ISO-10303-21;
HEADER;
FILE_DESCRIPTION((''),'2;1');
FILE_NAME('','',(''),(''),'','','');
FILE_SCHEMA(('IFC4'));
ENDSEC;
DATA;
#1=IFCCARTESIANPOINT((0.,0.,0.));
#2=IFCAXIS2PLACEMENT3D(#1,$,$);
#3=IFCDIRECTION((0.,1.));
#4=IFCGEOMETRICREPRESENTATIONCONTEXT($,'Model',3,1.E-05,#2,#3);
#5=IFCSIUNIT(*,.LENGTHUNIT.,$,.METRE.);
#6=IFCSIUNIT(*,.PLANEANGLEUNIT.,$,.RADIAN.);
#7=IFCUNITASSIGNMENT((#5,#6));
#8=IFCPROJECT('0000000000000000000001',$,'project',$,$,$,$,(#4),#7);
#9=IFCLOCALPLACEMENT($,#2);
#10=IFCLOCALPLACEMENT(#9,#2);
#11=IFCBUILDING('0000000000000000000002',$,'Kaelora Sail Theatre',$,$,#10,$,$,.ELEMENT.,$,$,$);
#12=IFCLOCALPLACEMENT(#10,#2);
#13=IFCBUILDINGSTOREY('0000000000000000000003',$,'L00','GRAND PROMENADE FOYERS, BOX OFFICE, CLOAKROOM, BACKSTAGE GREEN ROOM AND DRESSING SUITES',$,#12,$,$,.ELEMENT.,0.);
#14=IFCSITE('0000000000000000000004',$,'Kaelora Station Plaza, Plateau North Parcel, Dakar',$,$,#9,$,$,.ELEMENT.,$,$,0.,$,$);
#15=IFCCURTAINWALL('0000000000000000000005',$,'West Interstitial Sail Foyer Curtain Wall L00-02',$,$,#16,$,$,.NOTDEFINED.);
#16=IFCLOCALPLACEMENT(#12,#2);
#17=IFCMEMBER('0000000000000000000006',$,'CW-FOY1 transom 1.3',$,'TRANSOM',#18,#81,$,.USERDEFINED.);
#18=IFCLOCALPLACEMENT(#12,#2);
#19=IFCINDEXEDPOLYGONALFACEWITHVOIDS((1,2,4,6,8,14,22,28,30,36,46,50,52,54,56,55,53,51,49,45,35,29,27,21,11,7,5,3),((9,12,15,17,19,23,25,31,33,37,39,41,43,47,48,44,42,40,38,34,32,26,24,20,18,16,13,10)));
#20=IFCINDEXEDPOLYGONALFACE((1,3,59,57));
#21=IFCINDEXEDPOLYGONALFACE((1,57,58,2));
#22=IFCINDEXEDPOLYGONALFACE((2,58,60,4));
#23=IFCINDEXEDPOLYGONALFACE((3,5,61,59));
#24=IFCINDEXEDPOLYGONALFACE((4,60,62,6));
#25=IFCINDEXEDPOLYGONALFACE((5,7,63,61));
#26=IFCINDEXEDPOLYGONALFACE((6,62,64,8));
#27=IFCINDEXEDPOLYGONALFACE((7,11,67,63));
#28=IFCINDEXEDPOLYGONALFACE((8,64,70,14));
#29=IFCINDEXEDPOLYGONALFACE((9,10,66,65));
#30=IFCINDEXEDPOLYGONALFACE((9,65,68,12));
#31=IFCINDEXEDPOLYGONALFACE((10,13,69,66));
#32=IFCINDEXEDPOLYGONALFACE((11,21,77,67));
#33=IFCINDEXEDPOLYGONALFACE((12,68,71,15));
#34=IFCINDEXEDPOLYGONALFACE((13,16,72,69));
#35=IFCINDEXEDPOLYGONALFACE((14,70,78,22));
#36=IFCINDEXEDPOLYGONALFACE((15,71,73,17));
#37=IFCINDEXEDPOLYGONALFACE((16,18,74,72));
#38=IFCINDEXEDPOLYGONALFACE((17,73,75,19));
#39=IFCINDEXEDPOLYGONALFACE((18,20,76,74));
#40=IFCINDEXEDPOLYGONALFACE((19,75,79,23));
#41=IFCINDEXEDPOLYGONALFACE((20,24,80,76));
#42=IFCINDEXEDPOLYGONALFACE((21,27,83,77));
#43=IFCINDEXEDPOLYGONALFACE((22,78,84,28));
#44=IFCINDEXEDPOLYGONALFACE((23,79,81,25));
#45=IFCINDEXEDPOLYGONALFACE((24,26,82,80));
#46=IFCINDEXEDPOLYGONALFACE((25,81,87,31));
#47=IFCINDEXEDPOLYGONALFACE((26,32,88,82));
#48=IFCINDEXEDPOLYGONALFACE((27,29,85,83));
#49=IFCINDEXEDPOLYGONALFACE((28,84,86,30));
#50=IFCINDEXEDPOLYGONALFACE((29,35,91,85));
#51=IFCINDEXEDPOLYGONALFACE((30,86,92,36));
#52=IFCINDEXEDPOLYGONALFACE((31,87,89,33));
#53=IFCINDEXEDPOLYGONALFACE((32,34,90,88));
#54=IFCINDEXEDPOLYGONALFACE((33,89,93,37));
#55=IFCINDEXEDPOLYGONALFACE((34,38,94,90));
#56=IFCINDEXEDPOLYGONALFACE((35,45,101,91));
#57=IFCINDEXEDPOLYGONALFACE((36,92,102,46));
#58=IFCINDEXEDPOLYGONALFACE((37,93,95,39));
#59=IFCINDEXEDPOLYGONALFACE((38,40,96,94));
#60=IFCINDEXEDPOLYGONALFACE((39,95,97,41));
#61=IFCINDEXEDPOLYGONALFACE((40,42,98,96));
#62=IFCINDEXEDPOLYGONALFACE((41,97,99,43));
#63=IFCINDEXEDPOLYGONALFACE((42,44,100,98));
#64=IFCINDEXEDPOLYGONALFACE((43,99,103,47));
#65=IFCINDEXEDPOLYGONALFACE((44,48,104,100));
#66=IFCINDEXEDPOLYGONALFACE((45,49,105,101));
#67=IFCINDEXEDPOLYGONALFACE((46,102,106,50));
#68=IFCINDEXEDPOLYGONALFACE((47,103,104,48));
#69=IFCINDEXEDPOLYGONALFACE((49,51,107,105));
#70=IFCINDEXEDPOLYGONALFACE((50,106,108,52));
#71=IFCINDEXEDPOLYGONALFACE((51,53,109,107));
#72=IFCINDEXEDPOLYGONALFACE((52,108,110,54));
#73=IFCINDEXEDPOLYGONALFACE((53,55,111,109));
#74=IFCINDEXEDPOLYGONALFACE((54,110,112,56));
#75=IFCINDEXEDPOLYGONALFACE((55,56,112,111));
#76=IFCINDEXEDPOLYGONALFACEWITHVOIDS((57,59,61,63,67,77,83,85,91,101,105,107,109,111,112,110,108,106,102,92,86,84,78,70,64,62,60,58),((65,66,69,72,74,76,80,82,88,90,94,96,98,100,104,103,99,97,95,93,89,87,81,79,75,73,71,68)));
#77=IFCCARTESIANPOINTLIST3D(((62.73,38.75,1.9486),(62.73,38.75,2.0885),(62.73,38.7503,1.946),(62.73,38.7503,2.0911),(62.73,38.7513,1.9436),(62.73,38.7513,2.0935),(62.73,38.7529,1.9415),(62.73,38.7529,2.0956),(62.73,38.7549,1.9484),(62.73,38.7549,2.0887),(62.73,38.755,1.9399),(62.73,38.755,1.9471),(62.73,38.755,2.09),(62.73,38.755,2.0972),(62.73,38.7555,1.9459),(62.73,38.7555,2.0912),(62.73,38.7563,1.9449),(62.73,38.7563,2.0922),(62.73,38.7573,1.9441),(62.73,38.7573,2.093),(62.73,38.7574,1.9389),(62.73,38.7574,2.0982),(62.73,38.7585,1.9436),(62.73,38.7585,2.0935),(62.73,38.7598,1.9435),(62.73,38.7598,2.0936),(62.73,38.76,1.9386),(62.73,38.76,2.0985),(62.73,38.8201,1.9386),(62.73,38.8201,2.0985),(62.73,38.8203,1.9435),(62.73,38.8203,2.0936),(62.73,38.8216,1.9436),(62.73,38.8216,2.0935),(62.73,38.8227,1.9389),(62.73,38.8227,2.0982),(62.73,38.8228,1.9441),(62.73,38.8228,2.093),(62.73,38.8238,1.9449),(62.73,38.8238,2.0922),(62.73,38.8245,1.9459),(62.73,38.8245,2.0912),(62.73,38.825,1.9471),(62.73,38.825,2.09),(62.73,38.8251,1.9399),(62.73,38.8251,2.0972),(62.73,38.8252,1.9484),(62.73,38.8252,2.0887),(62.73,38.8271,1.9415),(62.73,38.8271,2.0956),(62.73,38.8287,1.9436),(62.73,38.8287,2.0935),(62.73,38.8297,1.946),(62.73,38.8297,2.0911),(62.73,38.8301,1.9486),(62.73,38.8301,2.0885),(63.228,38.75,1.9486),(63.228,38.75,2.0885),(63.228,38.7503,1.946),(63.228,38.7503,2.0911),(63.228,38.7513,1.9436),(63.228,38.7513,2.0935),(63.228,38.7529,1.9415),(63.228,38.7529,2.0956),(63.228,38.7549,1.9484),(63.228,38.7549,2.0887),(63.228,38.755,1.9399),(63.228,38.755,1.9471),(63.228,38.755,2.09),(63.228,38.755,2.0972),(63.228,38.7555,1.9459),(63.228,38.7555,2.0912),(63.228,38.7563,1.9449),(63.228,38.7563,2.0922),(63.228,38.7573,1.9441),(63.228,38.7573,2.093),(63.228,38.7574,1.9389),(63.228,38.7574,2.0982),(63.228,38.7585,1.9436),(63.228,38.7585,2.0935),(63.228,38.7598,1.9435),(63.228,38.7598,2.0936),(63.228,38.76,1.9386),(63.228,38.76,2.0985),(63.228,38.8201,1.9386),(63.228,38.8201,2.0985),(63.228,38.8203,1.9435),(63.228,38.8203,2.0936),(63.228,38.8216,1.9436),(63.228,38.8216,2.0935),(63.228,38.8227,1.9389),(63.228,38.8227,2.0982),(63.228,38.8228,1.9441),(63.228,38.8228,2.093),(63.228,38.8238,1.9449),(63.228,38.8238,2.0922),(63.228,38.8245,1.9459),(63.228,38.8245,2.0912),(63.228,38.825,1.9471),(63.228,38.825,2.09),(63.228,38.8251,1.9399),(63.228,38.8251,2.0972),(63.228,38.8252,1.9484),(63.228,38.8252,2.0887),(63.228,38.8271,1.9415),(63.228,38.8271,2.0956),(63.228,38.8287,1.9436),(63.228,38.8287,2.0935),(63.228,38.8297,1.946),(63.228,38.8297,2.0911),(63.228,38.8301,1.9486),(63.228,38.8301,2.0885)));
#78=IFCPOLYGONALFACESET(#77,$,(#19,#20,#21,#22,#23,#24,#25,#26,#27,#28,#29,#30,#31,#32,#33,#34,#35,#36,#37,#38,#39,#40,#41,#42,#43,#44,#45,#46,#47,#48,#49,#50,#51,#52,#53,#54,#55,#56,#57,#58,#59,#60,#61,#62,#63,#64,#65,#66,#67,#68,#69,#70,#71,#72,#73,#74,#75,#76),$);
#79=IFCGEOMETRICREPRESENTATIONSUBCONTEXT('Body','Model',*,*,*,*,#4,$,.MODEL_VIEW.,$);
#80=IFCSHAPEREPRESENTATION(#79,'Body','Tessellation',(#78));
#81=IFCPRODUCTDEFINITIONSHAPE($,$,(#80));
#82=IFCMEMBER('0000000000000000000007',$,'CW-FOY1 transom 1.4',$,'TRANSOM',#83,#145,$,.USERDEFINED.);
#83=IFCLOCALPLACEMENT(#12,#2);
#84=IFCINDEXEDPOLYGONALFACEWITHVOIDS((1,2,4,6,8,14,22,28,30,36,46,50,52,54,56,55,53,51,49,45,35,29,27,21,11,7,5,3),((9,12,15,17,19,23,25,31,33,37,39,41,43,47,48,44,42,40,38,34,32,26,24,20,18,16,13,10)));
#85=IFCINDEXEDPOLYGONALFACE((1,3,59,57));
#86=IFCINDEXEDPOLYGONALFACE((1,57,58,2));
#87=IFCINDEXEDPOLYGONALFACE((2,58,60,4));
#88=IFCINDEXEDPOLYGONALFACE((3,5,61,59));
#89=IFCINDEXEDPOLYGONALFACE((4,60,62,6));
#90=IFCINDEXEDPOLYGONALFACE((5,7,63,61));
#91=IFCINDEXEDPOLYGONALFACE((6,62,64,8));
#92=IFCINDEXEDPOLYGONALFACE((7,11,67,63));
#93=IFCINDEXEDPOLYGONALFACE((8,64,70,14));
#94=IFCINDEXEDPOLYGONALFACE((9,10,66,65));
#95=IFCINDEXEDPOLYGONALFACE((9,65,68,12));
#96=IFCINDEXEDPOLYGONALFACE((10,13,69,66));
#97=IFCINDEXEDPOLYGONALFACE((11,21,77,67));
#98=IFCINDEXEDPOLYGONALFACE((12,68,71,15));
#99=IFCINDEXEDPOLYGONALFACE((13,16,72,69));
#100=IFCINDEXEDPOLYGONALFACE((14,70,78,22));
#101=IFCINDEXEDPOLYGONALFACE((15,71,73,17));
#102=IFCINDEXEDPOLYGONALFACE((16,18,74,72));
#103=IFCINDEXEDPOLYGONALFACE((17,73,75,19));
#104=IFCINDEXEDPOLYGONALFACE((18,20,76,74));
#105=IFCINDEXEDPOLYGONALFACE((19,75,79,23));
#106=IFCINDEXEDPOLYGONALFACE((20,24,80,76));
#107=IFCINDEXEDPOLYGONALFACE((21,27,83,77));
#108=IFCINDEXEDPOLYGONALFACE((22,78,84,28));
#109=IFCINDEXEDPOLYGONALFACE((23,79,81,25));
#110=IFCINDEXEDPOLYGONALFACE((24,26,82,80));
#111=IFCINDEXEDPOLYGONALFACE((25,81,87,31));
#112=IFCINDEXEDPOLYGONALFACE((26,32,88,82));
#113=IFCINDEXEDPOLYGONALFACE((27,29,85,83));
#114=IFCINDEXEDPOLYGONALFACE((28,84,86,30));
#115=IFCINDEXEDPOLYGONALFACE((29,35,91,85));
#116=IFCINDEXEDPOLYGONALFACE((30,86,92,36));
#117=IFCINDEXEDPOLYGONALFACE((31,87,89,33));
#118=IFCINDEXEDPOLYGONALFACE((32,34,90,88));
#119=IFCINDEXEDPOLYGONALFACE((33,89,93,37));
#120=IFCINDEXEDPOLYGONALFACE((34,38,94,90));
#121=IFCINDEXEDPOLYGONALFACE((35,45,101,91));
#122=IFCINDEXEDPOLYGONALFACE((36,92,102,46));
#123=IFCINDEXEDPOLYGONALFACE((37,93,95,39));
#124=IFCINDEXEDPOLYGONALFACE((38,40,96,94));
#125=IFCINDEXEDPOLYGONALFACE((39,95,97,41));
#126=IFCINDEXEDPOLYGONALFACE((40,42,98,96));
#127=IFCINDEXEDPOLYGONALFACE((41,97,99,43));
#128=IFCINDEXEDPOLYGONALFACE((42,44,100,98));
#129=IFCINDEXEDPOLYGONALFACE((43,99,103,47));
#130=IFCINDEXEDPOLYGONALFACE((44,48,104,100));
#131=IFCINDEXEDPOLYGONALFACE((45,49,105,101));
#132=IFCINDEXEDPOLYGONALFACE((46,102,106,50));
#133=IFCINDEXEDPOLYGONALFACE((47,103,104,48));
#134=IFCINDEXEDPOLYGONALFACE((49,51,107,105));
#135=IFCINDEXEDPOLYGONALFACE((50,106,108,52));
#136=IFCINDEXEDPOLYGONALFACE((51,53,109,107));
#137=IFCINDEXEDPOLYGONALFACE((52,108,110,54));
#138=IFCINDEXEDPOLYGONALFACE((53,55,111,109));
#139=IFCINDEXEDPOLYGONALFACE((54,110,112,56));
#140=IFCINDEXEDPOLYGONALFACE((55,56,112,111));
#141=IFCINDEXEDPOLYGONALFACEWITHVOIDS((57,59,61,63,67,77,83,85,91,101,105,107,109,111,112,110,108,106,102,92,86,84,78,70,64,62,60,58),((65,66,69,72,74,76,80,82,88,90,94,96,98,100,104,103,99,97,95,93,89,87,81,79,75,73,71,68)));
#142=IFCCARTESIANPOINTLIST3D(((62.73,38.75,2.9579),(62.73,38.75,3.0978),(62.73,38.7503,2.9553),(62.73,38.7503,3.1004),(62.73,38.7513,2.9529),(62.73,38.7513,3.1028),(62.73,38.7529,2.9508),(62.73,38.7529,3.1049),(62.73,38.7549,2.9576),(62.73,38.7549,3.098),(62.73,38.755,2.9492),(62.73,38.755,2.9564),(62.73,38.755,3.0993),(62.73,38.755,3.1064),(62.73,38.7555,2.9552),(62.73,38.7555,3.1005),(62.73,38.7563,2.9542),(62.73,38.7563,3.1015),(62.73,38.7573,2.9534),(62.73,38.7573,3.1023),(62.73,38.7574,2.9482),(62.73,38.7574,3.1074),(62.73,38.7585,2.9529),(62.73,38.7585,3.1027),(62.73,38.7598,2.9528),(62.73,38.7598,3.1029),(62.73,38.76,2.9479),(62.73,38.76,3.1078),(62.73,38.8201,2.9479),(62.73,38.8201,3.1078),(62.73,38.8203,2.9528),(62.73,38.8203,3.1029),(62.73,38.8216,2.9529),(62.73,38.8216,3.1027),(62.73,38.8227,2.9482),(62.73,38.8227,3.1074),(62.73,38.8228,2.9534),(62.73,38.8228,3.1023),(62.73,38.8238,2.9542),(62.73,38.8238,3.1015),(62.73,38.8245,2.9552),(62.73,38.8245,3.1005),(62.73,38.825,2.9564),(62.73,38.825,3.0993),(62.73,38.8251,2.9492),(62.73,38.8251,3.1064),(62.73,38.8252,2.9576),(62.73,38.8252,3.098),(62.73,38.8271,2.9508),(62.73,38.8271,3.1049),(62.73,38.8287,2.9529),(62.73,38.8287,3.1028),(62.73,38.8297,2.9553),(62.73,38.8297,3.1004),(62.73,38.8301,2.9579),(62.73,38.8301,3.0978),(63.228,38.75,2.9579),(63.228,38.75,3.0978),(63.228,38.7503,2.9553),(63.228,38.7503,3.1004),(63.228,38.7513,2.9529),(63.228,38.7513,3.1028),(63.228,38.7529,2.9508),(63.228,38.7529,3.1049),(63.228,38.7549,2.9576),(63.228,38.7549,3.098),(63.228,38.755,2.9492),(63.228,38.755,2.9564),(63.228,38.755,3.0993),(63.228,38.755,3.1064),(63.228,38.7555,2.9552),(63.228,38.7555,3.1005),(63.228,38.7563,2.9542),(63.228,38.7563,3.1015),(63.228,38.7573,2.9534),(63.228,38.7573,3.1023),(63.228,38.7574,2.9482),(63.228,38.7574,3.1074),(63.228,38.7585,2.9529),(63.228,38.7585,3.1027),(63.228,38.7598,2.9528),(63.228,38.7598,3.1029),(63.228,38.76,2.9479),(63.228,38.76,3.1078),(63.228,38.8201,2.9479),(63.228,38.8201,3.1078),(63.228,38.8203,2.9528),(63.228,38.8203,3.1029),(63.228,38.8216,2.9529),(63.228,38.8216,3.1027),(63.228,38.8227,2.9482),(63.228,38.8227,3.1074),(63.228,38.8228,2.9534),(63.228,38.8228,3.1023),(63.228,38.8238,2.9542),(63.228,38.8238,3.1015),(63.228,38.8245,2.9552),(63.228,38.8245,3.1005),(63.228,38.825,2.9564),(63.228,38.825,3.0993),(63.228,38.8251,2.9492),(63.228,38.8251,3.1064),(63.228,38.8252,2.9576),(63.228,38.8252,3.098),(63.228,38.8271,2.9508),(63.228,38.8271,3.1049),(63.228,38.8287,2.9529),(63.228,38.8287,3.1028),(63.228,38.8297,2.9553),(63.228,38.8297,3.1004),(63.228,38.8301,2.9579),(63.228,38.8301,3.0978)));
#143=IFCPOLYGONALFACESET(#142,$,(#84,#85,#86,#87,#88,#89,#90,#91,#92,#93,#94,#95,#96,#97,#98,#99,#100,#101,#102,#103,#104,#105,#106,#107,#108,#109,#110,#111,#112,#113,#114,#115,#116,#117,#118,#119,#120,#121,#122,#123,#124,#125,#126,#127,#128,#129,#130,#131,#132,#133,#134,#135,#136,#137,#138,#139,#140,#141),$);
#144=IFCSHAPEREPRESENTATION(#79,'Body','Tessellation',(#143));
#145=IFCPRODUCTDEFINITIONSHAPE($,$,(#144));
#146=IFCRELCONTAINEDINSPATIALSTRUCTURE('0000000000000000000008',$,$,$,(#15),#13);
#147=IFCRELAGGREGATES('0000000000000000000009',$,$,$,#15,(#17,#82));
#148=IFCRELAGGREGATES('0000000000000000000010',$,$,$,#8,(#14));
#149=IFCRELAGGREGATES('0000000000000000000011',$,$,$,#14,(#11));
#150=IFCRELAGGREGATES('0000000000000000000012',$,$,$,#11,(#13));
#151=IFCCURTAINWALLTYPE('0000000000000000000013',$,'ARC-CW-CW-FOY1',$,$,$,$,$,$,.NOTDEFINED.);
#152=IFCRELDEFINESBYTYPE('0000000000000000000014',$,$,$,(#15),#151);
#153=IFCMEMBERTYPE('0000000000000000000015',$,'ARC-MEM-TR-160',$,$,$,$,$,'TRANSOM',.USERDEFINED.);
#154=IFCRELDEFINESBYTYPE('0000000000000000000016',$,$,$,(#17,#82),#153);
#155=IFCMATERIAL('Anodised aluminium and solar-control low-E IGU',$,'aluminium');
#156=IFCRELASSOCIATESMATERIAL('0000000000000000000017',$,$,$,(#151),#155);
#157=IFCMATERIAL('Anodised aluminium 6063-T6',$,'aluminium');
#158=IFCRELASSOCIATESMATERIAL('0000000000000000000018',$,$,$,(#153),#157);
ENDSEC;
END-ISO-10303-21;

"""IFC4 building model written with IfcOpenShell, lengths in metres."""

from ifc_helpers import new_model, si_unit, direction, frame, origin, origin_2d, place, context, subcontext, project, spatial, hollow_rectangle, extrude, material, material_profile, profile_set, type_object, element, aggregate, save


model = new_model("IFC4")

# Units and contexts
model_context = context("Model", 3, precision=1e-05, world=origin(), true_north=direction((0.0, 1.0)))
body_context = subcontext(model_context, "Body", "Model", "MODEL_VIEW")
ifc_project = project(units=[si_unit("LENGTHUNIT", "METRE"), si_unit("PLANEANGLEUNIT", "RADIAN")], contexts=[model_context])

# Site, building, storey
site_placement = place(None, origin())
site = spatial("IfcSite", under=ifc_project, at=site_placement, Name="Kaelora Station Plaza, Plateau North Parcel, Dakar", CompositionType="ELEMENT", RefElevation=0.0)
building_placement = place(site_placement, origin())
building = spatial("IfcBuilding", under=site, at=building_placement, Name="Kaelora Sail Theatre", CompositionType="ELEMENT")
storey_placement = place(building_placement, origin())
storey = spatial("IfcBuildingStorey", under=building, at=storey_placement, Name="L00", Description="GRAND PROMENADE FOYERS, BOX OFFICE, CLOAKROOM, BACKSTAGE GREEN ROOM AND DRESSING SUITES", CompositionType="ELEMENT", Elevation=0.0)

# Curtain wall, members
ifc_material_1 = material(Name="Anodised aluminium and solar-control low-E IGU", Category="aluminium")
curtain_wall_type = type_object("IfcCurtainWallType", Name="ARC-CW-CW-FOY1", PredefinedType="NOTDEFINED", material=ifc_material_1)
curtain_wall_1_placement = place(storey_placement, origin())
curtain_wall_1 = element("IfcCurtainWall", 1, at=curtain_wall_1_placement, inside=storey, type_object=curtain_wall_type, Name="West Interstitial Sail Foyer Curtain Wall L00-02", PredefinedType="NOTDEFINED")
ifc_material_2 = material(Name="Anodised aluminium 6063-T6", Category="aluminium")
ifc_material_profile = material_profile(ifc_material_2, hollow_rectangle(XDim=0.0801, YDim=0.1599, WallThickness=0.0049, InnerFilletRadius=0.0049, OuterFilletRadius=0.01, at=origin_2d()), Name="ALU-TRAN 80x160x5")
ifc_profile_set = profile_set([ifc_material_profile], Name="Anodised aluminium 6063-T6")
member_type = type_object("IfcMemberType", Name="ARC-MEM-TR-160", ElementType="TRANSOM", PredefinedType="USERDEFINED", material=ifc_profile_set)
member_1_placement = place(storey_placement, frame((62.73, 38.79, 2.0186), z_axis=(1.0, 0.0, 0.0), x_axis=(0.0, 1.0, 0.0)))
member_1 = element("IfcMember", 2, at=member_1_placement, type_object=member_type, Name="CW-FOY1 transom 1.3", ObjectType="TRANSOM", PredefinedType="USERDEFINED", context=body_context, shape_type="SweptSolid", body=[
    extrude(hollow_rectangle(XDim=0.0801, YDim=0.1599, WallThickness=0.0049, InnerFilletRadius=0.0049, OuterFilletRadius=0.01, at=origin_2d()), origin(), (0.0, 0.0, 1.0), 0.498),
])
member_2_placement = place(storey_placement, frame((62.73, 38.79, 3.0278), z_axis=(1.0, 0.0, 0.0), x_axis=(0.0, 1.0, 0.0)))
member_2 = element("IfcMember", 3, at=member_2_placement, type_object=member_type, Name="CW-FOY1 transom 1.4", ObjectType="TRANSOM", PredefinedType="USERDEFINED", context=body_context, shape_type="SweptSolid", body=[
    extrude(hollow_rectangle(XDim=0.0801, YDim=0.1599, WallThickness=0.0049, InnerFilletRadius=0.0049, OuterFilletRadius=0.01, at=origin_2d()), origin(), (0.0, 0.0, 1.0), 0.498),
])

aggregate(curtain_wall_1, [member_1, member_2])

save(model, "model.ifc")
